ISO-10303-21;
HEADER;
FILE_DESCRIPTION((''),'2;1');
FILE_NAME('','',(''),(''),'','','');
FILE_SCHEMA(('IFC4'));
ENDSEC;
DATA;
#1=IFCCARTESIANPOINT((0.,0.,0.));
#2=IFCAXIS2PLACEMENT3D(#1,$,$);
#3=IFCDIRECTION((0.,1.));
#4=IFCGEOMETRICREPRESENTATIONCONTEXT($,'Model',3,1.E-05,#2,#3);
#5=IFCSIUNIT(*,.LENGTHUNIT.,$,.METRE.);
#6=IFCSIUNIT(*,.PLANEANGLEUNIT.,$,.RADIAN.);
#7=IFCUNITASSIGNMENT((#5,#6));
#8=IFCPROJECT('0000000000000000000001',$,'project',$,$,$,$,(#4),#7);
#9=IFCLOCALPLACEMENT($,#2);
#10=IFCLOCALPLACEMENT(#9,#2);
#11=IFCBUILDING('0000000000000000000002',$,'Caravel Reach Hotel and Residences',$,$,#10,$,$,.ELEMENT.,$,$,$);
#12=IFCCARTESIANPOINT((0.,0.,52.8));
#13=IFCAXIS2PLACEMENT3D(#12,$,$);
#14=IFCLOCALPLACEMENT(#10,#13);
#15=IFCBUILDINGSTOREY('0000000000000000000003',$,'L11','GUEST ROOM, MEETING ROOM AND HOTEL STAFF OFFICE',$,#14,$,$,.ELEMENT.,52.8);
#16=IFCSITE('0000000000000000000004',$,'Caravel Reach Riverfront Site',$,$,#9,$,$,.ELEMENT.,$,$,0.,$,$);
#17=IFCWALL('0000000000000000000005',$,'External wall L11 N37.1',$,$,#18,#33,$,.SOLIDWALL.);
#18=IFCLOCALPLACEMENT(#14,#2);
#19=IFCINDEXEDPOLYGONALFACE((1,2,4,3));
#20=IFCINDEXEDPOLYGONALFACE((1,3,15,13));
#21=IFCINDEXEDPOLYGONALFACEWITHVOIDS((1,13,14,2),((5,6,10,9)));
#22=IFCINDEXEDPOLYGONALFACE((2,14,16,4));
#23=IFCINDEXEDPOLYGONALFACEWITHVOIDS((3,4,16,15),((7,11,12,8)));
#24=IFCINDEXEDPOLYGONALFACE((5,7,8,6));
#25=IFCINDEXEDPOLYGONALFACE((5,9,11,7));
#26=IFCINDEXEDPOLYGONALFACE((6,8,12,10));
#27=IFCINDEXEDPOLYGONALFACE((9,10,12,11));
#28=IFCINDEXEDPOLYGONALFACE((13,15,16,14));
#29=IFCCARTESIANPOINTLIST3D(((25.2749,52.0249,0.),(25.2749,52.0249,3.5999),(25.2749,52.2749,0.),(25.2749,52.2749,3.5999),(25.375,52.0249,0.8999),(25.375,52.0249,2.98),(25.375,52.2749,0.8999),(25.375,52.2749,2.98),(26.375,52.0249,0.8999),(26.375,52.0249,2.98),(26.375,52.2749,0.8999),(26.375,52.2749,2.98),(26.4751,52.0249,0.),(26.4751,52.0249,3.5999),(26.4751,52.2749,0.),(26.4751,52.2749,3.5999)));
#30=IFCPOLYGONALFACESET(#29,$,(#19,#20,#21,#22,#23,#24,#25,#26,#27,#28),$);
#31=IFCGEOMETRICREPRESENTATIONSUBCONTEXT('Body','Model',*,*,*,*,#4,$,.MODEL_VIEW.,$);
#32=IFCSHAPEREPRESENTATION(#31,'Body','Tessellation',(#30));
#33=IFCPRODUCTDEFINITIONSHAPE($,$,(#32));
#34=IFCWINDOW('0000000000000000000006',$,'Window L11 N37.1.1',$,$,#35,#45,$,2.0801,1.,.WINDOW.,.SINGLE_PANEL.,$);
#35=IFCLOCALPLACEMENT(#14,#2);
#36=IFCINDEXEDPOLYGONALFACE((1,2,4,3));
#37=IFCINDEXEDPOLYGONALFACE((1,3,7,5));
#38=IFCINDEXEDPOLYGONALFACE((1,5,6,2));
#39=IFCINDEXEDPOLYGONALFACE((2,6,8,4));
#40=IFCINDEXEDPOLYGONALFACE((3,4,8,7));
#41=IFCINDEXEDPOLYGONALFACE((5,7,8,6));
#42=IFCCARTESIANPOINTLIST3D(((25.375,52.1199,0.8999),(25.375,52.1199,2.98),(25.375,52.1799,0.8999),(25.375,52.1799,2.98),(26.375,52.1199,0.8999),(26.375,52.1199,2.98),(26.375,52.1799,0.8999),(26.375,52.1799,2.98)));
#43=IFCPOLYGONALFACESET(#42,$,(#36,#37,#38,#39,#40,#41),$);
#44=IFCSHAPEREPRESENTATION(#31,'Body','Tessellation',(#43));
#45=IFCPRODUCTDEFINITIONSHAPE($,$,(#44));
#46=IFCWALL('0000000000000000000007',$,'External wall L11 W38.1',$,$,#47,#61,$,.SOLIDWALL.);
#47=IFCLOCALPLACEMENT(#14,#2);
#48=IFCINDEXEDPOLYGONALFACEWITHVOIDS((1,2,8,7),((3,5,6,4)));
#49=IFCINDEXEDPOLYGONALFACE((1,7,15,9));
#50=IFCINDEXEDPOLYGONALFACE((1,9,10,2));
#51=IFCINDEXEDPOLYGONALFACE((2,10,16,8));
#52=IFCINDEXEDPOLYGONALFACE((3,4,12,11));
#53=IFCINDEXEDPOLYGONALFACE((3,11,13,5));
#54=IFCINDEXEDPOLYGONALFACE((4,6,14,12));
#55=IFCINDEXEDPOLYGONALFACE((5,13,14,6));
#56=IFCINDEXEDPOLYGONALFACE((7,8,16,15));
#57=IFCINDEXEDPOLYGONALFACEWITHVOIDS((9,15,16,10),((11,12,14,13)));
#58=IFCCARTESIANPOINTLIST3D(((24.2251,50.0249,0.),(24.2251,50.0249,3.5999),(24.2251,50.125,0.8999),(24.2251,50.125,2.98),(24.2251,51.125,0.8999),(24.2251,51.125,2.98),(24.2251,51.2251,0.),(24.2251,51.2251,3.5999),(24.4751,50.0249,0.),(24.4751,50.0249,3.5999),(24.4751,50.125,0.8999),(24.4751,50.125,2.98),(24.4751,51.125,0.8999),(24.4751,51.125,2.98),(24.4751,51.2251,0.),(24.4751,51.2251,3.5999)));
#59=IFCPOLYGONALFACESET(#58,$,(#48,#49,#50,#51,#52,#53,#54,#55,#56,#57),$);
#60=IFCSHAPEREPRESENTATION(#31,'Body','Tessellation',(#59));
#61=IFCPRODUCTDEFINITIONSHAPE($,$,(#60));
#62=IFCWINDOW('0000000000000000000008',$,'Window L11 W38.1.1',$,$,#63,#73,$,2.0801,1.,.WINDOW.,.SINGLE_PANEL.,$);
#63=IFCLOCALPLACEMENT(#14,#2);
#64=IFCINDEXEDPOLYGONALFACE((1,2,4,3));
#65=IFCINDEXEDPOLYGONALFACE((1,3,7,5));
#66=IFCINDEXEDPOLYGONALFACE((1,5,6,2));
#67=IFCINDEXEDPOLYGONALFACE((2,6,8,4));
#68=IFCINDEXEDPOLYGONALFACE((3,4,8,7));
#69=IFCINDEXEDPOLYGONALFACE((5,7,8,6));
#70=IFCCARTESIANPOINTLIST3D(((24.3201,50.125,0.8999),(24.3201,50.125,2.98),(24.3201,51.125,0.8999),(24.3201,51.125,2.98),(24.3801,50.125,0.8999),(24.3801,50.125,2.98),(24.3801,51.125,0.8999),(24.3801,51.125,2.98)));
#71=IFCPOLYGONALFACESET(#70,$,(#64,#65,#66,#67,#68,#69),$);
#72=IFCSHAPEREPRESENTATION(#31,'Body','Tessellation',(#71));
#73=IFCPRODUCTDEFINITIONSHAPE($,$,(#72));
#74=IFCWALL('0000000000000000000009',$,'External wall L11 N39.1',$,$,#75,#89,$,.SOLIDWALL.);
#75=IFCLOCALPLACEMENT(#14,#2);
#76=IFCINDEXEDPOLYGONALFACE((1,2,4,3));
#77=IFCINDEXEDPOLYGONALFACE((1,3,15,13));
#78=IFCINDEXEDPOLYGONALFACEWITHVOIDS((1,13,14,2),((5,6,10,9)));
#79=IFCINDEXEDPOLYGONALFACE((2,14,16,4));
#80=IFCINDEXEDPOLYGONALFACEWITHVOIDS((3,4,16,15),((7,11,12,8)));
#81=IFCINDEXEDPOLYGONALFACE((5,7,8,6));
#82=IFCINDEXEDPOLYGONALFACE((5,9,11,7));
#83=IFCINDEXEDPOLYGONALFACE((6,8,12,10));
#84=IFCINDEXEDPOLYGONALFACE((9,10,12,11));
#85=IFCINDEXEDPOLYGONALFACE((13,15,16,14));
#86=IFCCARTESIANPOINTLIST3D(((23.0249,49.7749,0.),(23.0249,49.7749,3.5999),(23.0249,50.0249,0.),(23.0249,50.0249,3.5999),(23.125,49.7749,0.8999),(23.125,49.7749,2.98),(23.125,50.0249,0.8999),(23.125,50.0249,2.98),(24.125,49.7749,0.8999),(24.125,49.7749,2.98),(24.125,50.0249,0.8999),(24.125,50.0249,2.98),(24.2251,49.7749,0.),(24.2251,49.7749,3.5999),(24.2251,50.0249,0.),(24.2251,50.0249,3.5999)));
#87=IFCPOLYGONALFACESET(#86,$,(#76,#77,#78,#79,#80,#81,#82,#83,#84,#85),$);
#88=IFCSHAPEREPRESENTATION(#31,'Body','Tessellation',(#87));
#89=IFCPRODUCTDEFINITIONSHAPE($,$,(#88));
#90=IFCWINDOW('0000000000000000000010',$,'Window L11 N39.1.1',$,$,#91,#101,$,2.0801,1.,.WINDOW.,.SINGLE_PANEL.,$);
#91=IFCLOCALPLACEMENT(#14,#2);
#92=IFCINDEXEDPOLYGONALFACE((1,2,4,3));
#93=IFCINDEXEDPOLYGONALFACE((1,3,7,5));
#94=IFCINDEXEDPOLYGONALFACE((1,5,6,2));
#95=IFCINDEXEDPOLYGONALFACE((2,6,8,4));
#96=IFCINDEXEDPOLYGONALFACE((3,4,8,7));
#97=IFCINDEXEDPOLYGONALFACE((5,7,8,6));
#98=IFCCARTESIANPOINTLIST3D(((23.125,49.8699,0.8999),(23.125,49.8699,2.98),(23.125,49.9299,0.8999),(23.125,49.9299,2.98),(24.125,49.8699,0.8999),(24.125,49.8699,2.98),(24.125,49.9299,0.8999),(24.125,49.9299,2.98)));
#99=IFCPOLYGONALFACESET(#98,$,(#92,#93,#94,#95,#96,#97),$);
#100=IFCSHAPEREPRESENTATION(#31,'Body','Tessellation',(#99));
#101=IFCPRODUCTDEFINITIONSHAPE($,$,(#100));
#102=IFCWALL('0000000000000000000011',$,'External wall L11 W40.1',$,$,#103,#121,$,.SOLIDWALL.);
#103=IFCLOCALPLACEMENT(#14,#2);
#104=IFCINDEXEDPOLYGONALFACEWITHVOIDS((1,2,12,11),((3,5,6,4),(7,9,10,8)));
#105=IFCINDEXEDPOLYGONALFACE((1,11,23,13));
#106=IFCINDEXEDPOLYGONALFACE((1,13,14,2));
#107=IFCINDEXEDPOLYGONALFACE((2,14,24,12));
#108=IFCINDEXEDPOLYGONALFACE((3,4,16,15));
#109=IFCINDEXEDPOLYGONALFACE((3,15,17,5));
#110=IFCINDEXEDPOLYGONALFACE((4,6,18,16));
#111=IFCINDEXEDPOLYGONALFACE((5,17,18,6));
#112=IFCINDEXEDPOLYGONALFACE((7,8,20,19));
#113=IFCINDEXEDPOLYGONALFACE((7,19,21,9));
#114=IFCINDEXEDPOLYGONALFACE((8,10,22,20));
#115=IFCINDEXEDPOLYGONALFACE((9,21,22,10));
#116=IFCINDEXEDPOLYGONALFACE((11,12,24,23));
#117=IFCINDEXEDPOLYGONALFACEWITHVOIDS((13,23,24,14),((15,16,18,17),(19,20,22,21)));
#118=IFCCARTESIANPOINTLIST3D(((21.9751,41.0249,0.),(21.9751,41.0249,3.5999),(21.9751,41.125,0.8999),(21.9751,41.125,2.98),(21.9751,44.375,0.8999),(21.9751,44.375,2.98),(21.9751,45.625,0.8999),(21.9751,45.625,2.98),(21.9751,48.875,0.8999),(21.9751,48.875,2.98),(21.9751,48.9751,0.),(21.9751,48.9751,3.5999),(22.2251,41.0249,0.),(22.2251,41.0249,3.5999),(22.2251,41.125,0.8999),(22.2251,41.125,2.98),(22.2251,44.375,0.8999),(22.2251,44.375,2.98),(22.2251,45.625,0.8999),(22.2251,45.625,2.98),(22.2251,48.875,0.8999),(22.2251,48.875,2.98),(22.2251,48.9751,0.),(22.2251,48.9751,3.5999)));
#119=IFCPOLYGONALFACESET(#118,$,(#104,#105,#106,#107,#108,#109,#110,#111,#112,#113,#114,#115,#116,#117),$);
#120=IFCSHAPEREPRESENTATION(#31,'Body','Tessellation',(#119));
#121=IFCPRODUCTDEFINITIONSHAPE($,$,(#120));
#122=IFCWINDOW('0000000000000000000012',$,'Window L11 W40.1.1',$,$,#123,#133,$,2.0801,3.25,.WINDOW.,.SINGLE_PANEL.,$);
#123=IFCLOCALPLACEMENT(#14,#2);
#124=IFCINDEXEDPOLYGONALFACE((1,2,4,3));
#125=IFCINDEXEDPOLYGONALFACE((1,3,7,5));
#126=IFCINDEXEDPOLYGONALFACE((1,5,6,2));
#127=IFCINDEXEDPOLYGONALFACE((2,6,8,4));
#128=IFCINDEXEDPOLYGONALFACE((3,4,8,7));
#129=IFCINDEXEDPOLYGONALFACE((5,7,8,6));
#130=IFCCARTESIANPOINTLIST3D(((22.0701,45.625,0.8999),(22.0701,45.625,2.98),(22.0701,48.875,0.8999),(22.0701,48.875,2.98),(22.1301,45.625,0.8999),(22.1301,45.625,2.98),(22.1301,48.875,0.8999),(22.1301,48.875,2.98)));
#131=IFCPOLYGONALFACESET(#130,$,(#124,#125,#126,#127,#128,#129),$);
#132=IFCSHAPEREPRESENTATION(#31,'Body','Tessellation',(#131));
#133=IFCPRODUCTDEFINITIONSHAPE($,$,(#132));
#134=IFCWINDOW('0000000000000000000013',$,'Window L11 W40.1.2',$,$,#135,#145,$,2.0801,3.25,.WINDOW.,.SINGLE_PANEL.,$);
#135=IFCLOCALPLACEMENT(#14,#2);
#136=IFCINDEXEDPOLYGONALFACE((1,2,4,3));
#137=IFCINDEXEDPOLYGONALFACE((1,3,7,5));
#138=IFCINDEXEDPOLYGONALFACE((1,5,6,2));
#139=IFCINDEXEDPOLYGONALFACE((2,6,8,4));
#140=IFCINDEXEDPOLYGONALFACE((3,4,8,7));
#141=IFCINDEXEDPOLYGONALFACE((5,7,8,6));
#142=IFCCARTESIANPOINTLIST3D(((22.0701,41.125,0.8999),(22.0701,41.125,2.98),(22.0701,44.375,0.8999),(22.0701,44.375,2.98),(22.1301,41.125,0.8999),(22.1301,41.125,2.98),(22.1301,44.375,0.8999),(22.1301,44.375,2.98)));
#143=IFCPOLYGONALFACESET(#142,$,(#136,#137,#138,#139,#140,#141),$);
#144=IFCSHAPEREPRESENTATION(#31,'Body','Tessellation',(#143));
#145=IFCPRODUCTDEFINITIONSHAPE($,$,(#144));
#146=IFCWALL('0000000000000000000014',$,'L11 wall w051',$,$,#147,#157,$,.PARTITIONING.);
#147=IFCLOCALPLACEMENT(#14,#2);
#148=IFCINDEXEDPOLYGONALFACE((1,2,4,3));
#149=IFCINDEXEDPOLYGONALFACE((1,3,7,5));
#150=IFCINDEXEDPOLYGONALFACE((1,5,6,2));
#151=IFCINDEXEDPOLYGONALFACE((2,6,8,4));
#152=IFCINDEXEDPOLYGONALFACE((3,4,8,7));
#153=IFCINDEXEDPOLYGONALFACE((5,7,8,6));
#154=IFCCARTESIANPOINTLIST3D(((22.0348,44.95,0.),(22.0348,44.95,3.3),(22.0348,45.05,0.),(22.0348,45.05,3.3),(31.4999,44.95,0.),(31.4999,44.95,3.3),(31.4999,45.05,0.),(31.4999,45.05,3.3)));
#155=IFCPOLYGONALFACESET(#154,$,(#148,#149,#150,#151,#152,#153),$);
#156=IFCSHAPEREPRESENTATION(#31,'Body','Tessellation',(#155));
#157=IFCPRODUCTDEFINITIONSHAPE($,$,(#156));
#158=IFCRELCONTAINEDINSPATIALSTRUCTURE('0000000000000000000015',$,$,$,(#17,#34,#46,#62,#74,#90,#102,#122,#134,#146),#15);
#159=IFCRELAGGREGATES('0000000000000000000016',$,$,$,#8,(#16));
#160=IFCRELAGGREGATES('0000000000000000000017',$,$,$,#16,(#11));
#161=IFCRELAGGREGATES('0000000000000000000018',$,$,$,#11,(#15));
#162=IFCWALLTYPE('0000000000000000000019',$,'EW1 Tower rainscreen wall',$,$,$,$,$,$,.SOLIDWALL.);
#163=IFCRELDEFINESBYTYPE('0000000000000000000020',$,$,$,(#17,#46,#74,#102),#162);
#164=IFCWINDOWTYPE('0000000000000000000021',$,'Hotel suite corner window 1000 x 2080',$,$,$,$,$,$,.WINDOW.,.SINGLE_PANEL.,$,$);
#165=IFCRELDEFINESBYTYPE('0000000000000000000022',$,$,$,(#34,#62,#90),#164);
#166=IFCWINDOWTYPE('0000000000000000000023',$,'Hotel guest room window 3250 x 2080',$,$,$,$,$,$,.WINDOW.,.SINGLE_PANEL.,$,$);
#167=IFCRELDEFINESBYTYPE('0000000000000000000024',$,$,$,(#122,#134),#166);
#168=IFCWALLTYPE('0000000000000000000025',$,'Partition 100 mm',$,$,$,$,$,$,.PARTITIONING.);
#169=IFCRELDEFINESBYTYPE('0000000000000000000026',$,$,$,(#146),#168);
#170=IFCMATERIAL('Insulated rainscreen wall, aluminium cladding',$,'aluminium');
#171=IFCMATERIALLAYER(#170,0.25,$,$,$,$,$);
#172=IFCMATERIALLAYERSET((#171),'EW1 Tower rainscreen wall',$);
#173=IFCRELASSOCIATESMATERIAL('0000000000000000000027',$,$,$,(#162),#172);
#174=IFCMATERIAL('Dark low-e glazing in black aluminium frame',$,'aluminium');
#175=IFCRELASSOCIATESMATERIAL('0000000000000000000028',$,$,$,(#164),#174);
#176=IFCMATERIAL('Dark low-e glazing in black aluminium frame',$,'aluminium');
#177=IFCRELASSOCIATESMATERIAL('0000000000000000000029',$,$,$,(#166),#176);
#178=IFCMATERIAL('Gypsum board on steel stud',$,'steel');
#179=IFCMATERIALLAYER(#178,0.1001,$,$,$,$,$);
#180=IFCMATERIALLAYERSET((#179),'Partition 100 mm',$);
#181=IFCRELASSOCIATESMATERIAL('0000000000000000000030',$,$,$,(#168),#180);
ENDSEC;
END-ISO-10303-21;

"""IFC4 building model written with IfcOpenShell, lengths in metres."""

from ifc_helpers import new_model, si_unit, direction, frame, frame_2d, origin, place, context, subcontext, project, spatial, rectangle, extrude, material, layer, layer_set, type_object, element, fill, save


model = new_model("IFC4")

# Units and contexts
model_context = context("Model", 3, precision=1e-05, world=origin(), true_north=direction((0.0, 1.0)))
body_context = subcontext(model_context, "Body", "Model", "MODEL_VIEW")
ifc_project = project(units=[si_unit("LENGTHUNIT", "METRE"), si_unit("PLANEANGLEUNIT", "RADIAN")], contexts=[model_context])

# Site, building, storey
site_placement = place(None, origin())
site = spatial("IfcSite", under=ifc_project, at=site_placement, Name="Caravel Reach Riverfront Site", CompositionType="ELEMENT", RefElevation=0.0)
building_placement = place(site_placement, origin())
building = spatial("IfcBuilding", under=site, at=building_placement, Name="Caravel Reach Hotel and Residences", CompositionType="ELEMENT")
storey_placement = place(building_placement, frame((0.0, 0.0, 52.8)))
storey = spatial("IfcBuildingStorey", under=building, at=storey_placement, Name="L11", Description="GUEST ROOM, MEETING ROOM AND HOTEL STAFF OFFICE", CompositionType="ELEMENT", Elevation=52.8)

# Walls, openings, windows
ifc_material_1 = material(Name="Insulated rainscreen wall, aluminium cladding", Category="aluminium")
ifc_layer_1 = layer(ifc_material_1, 0.25)
ifc_layer_set_1 = layer_set([ifc_layer_1], Name="EW1 Tower rainscreen wall")
wall_type_1 = type_object("IfcWallType", Name="EW1 Tower rainscreen wall", PredefinedType="SOLIDWALL", material=ifc_layer_set_1)
ifc_material_2 = material(Name="Dark low-e glazing in black aluminium frame", Category="aluminium")
window_type_1 = type_object("IfcWindowType", Name="Hotel suite corner window 1000 x 2080", PartitioningType="SINGLE_PANEL", PredefinedType="WINDOW", material=ifc_material_2)
wall_1_placement = place(storey_placement, frame((26.4751, 52.1499, 0.0), z_axis=(0.0, 0.0, 1.0), x_axis=(-1.0, 0.0, 0.0)))
wall_1 = element("IfcWall", 1, at=wall_1_placement, inside=storey, type_object=wall_type_1, Name="External wall L11 N37.1", PredefinedType="SOLIDWALL", context=body_context, shape_type="SweptSolid", body=[
    extrude(rectangle(XDim=1.2002, YDim=0.25, at=frame_2d((0.6001, 0.0))), origin(), (0.0, 0.0, 1.0), 3.5999),
])
opening_1_placement = place(wall_1_placement, frame((0.1001, 0.0, 0.8999)))
opening_1 = element("IfcOpeningElement", 2, at=opening_1_placement, cuts=wall_1, PredefinedType="OPENING", context=body_context, shape_type="SweptSolid", body=[
    extrude(rectangle(XDim=1.0, YDim=2.0801, at=frame_2d((0.5, 1.04))), frame((0.0, 0.135, 0.0), z_axis=(0.0, -1.0, 0.0), x_axis=(1.0, 0.0, 0.0)), (0.0, 0.0, 1.0), 0.27),
])
window_1_placement = place(opening_1_placement, origin())
window_1 = element("IfcWindow", 3, at=window_1_placement, inside=storey, type_object=window_type_1, Name="Window L11 N37.1.1", OverallHeight=2.0801, OverallWidth=1.0, PartitioningType="SINGLE_PANEL", PredefinedType="WINDOW", context=body_context, shape_type="SweptSolid", body=[
    extrude(rectangle(XDim=1.0, YDim=2.0801, at=frame_2d((0.5, 1.04))), frame((0.0, 0.03, 0.0), z_axis=(0.0, -1.0, 0.0), x_axis=(1.0, 0.0, 0.0)), (0.0, 0.0, 1.0), 0.0601),
])
fill(opening_1, window_1)
wall_2_placement = place(storey_placement, frame((24.3501, 51.2251, 0.0), z_axis=(0.0, 0.0, 1.0), x_axis=(0.0, -1.0, 0.0)))
wall_2 = element("IfcWall", 4, at=wall_2_placement, inside=storey, type_object=wall_type_1, Name="External wall L11 W38.1", PredefinedType="SOLIDWALL", context=body_context, shape_type="SweptSolid", body=[
    extrude(rectangle(XDim=1.2002, YDim=0.25, at=frame_2d((0.6001, 0.0))), origin(), (0.0, 0.0, 1.0), 3.5999),
])
opening_2_placement = place(wall_2_placement, frame((0.1001, 0.0, 0.8999)))
opening_2 = element("IfcOpeningElement", 5, at=opening_2_placement, cuts=wall_2, PredefinedType="OPENING", context=body_context, shape_type="SweptSolid", body=[
    extrude(rectangle(XDim=1.0, YDim=2.0801, at=frame_2d((0.5, 1.04))), frame((0.0, 0.135, 0.0), z_axis=(0.0, -1.0, 0.0), x_axis=(1.0, 0.0, 0.0)), (0.0, 0.0, 1.0), 0.27),
])
window_2_placement = place(opening_2_placement, origin())
window_2 = element("IfcWindow", 6, at=window_2_placement, inside=storey, type_object=window_type_1, Name="Window L11 W38.1.1", OverallHeight=2.0801, OverallWidth=1.0, PartitioningType="SINGLE_PANEL", PredefinedType="WINDOW", context=body_context, shape_type="SweptSolid", body=[
    extrude(rectangle(XDim=1.0, YDim=2.0801, at=frame_2d((0.5, 1.04))), frame((0.0, 0.03, 0.0), z_axis=(0.0, -1.0, 0.0), x_axis=(1.0, 0.0, 0.0)), (0.0, 0.0, 1.0), 0.0601),
])
fill(opening_2, window_2)
wall_3_placement = place(storey_placement, frame((24.2251, 49.8999, 0.0), z_axis=(0.0, 0.0, 1.0), x_axis=(-1.0, 0.0, 0.0)))
wall_3 = element("IfcWall", 7, at=wall_3_placement, inside=storey, type_object=wall_type_1, Name="External wall L11 N39.1", PredefinedType="SOLIDWALL", context=body_context, shape_type="SweptSolid", body=[
    extrude(rectangle(XDim=1.2002, YDim=0.25, at=frame_2d((0.6001, 0.0))), origin(), (0.0, 0.0, 1.0), 3.5999),
])
opening_3_placement = place(wall_3_placement, frame((0.1001, 0.0, 0.8999)))
opening_3 = element("IfcOpeningElement", 8, at=opening_3_placement, cuts=wall_3, PredefinedType="OPENING", context=body_context, shape_type="SweptSolid", body=[
    extrude(rectangle(XDim=1.0, YDim=2.0801, at=frame_2d((0.5, 1.04))), frame((0.0, 0.135, 0.0), z_axis=(0.0, -1.0, 0.0), x_axis=(1.0, 0.0, 0.0)), (0.0, 0.0, 1.0), 0.27),
])
window_3_placement = place(opening_3_placement, origin())
window_3 = element("IfcWindow", 9, at=window_3_placement, inside=storey, type_object=window_type_1, Name="Window L11 N39.1.1", OverallHeight=2.0801, OverallWidth=1.0, PartitioningType="SINGLE_PANEL", PredefinedType="WINDOW", context=body_context, shape_type="SweptSolid", body=[
    extrude(rectangle(XDim=1.0, YDim=2.0801, at=frame_2d((0.5, 1.04))), frame((0.0, 0.03, 0.0), z_axis=(0.0, -1.0, 0.0), x_axis=(1.0, 0.0, 0.0)), (0.0, 0.0, 1.0), 0.0601),
])
fill(opening_3, window_3)

# Wall, openings, windows
wall_4_placement = place(storey_placement, frame((22.1001, 48.9751, 0.0), z_axis=(0.0, 0.0, 1.0), x_axis=(0.0, -1.0, 0.0)))
wall_4 = element("IfcWall", 10, at=wall_4_placement, inside=storey, type_object=wall_type_1, Name="External wall L11 W40.1", PredefinedType="SOLIDWALL", context=body_context, shape_type="SweptSolid", body=[
    extrude(rectangle(XDim=7.9502, YDim=0.25, at=frame_2d((3.9751, 0.0))), origin(), (0.0, 0.0, 1.0), 3.5999),
])
opening_4_placement = place(wall_4_placement, frame((0.1001, 0.0, 0.8999)))
opening_4 = element("IfcOpeningElement", 11, at=opening_4_placement, cuts=wall_4, PredefinedType="OPENING", context=body_context, shape_type="SweptSolid", body=[
    extrude(rectangle(XDim=3.25, YDim=2.0801, at=frame_2d((1.625, 1.04))), frame((0.0, 0.135, 0.0), z_axis=(0.0, -1.0, 0.0), x_axis=(1.0, 0.0, 0.0)), (0.0, 0.0, 1.0), 0.27),
])
opening_5_placement = place(wall_4_placement, frame((4.6001, 0.0, 0.8999)))
opening_5 = element("IfcOpeningElement", 12, at=opening_5_placement, cuts=wall_4, PredefinedType="OPENING", context=body_context, shape_type="SweptSolid", body=[
    extrude(rectangle(XDim=3.25, YDim=2.0801, at=frame_2d((1.625, 1.04))), frame((0.0, 0.135, 0.0), z_axis=(0.0, -1.0, 0.0), x_axis=(1.0, 0.0, 0.0)), (0.0, 0.0, 1.0), 0.27),
])
ifc_material_3 = material(Name="Dark low-e glazing in black aluminium frame", Category="aluminium")
window_type_2 = type_object("IfcWindowType", Name="Hotel guest room window 3250 x 2080", PartitioningType="SINGLE_PANEL", PredefinedType="WINDOW", material=ifc_material_3)
window_4_placement = place(opening_4_placement, origin())
window_4 = element("IfcWindow", 13, at=window_4_placement, inside=storey, type_object=window_type_2, Name="Window L11 W40.1.1", OverallHeight=2.0801, OverallWidth=3.25, PartitioningType="SINGLE_PANEL", PredefinedType="WINDOW", context=body_context, shape_type="SweptSolid", body=[
    extrude(rectangle(XDim=3.25, YDim=2.0801, at=frame_2d((1.625, 1.04))), frame((0.0, 0.03, 0.0), z_axis=(0.0, -1.0, 0.0), x_axis=(1.0, 0.0, 0.0)), (0.0, 0.0, 1.0), 0.0601),
])
fill(opening_4, window_4)
window_5_placement = place(opening_5_placement, origin())
window_5 = element("IfcWindow", 14, at=window_5_placement, inside=storey, type_object=window_type_2, Name="Window L11 W40.1.2", OverallHeight=2.0801, OverallWidth=3.25, PartitioningType="SINGLE_PANEL", PredefinedType="WINDOW", context=body_context, shape_type="SweptSolid", body=[
    extrude(rectangle(XDim=3.25, YDim=2.0801, at=frame_2d((1.625, 1.04))), frame((0.0, 0.03, 0.0), z_axis=(0.0, -1.0, 0.0), x_axis=(1.0, 0.0, 0.0)), (0.0, 0.0, 1.0), 0.0601),
])
fill(opening_5, window_5)

# Wall
ifc_material_4 = material(Name="Gypsum board on steel stud", Category="steel")
ifc_layer_2 = layer(ifc_material_4, 0.1001)
ifc_layer_set_2 = layer_set([ifc_layer_2], Name="Partition 100 mm")
wall_type_2 = type_object("IfcWallType", Name="Partition 100 mm", PredefinedType="PARTITIONING", material=ifc_layer_set_2)
wall_5_placement = place(storey_placement, frame((22.0349, 45.0, 0.0), z_axis=(0.0, 0.0, 1.0), x_axis=(1.0, 0.0, 0.0)))
element("IfcWall", 15, at=wall_5_placement, inside=storey, type_object=wall_type_2, Name="L11 wall w051", PredefinedType="PARTITIONING", context=body_context, shape_type="SweptSolid", body=[
    extrude(rectangle(XDim=9.4651, YDim=0.1001, at=frame_2d((4.7324, 0.0))), origin(), (0.0, 0.0, 1.0), 3.3),
])

save(model, "model.ifc")
